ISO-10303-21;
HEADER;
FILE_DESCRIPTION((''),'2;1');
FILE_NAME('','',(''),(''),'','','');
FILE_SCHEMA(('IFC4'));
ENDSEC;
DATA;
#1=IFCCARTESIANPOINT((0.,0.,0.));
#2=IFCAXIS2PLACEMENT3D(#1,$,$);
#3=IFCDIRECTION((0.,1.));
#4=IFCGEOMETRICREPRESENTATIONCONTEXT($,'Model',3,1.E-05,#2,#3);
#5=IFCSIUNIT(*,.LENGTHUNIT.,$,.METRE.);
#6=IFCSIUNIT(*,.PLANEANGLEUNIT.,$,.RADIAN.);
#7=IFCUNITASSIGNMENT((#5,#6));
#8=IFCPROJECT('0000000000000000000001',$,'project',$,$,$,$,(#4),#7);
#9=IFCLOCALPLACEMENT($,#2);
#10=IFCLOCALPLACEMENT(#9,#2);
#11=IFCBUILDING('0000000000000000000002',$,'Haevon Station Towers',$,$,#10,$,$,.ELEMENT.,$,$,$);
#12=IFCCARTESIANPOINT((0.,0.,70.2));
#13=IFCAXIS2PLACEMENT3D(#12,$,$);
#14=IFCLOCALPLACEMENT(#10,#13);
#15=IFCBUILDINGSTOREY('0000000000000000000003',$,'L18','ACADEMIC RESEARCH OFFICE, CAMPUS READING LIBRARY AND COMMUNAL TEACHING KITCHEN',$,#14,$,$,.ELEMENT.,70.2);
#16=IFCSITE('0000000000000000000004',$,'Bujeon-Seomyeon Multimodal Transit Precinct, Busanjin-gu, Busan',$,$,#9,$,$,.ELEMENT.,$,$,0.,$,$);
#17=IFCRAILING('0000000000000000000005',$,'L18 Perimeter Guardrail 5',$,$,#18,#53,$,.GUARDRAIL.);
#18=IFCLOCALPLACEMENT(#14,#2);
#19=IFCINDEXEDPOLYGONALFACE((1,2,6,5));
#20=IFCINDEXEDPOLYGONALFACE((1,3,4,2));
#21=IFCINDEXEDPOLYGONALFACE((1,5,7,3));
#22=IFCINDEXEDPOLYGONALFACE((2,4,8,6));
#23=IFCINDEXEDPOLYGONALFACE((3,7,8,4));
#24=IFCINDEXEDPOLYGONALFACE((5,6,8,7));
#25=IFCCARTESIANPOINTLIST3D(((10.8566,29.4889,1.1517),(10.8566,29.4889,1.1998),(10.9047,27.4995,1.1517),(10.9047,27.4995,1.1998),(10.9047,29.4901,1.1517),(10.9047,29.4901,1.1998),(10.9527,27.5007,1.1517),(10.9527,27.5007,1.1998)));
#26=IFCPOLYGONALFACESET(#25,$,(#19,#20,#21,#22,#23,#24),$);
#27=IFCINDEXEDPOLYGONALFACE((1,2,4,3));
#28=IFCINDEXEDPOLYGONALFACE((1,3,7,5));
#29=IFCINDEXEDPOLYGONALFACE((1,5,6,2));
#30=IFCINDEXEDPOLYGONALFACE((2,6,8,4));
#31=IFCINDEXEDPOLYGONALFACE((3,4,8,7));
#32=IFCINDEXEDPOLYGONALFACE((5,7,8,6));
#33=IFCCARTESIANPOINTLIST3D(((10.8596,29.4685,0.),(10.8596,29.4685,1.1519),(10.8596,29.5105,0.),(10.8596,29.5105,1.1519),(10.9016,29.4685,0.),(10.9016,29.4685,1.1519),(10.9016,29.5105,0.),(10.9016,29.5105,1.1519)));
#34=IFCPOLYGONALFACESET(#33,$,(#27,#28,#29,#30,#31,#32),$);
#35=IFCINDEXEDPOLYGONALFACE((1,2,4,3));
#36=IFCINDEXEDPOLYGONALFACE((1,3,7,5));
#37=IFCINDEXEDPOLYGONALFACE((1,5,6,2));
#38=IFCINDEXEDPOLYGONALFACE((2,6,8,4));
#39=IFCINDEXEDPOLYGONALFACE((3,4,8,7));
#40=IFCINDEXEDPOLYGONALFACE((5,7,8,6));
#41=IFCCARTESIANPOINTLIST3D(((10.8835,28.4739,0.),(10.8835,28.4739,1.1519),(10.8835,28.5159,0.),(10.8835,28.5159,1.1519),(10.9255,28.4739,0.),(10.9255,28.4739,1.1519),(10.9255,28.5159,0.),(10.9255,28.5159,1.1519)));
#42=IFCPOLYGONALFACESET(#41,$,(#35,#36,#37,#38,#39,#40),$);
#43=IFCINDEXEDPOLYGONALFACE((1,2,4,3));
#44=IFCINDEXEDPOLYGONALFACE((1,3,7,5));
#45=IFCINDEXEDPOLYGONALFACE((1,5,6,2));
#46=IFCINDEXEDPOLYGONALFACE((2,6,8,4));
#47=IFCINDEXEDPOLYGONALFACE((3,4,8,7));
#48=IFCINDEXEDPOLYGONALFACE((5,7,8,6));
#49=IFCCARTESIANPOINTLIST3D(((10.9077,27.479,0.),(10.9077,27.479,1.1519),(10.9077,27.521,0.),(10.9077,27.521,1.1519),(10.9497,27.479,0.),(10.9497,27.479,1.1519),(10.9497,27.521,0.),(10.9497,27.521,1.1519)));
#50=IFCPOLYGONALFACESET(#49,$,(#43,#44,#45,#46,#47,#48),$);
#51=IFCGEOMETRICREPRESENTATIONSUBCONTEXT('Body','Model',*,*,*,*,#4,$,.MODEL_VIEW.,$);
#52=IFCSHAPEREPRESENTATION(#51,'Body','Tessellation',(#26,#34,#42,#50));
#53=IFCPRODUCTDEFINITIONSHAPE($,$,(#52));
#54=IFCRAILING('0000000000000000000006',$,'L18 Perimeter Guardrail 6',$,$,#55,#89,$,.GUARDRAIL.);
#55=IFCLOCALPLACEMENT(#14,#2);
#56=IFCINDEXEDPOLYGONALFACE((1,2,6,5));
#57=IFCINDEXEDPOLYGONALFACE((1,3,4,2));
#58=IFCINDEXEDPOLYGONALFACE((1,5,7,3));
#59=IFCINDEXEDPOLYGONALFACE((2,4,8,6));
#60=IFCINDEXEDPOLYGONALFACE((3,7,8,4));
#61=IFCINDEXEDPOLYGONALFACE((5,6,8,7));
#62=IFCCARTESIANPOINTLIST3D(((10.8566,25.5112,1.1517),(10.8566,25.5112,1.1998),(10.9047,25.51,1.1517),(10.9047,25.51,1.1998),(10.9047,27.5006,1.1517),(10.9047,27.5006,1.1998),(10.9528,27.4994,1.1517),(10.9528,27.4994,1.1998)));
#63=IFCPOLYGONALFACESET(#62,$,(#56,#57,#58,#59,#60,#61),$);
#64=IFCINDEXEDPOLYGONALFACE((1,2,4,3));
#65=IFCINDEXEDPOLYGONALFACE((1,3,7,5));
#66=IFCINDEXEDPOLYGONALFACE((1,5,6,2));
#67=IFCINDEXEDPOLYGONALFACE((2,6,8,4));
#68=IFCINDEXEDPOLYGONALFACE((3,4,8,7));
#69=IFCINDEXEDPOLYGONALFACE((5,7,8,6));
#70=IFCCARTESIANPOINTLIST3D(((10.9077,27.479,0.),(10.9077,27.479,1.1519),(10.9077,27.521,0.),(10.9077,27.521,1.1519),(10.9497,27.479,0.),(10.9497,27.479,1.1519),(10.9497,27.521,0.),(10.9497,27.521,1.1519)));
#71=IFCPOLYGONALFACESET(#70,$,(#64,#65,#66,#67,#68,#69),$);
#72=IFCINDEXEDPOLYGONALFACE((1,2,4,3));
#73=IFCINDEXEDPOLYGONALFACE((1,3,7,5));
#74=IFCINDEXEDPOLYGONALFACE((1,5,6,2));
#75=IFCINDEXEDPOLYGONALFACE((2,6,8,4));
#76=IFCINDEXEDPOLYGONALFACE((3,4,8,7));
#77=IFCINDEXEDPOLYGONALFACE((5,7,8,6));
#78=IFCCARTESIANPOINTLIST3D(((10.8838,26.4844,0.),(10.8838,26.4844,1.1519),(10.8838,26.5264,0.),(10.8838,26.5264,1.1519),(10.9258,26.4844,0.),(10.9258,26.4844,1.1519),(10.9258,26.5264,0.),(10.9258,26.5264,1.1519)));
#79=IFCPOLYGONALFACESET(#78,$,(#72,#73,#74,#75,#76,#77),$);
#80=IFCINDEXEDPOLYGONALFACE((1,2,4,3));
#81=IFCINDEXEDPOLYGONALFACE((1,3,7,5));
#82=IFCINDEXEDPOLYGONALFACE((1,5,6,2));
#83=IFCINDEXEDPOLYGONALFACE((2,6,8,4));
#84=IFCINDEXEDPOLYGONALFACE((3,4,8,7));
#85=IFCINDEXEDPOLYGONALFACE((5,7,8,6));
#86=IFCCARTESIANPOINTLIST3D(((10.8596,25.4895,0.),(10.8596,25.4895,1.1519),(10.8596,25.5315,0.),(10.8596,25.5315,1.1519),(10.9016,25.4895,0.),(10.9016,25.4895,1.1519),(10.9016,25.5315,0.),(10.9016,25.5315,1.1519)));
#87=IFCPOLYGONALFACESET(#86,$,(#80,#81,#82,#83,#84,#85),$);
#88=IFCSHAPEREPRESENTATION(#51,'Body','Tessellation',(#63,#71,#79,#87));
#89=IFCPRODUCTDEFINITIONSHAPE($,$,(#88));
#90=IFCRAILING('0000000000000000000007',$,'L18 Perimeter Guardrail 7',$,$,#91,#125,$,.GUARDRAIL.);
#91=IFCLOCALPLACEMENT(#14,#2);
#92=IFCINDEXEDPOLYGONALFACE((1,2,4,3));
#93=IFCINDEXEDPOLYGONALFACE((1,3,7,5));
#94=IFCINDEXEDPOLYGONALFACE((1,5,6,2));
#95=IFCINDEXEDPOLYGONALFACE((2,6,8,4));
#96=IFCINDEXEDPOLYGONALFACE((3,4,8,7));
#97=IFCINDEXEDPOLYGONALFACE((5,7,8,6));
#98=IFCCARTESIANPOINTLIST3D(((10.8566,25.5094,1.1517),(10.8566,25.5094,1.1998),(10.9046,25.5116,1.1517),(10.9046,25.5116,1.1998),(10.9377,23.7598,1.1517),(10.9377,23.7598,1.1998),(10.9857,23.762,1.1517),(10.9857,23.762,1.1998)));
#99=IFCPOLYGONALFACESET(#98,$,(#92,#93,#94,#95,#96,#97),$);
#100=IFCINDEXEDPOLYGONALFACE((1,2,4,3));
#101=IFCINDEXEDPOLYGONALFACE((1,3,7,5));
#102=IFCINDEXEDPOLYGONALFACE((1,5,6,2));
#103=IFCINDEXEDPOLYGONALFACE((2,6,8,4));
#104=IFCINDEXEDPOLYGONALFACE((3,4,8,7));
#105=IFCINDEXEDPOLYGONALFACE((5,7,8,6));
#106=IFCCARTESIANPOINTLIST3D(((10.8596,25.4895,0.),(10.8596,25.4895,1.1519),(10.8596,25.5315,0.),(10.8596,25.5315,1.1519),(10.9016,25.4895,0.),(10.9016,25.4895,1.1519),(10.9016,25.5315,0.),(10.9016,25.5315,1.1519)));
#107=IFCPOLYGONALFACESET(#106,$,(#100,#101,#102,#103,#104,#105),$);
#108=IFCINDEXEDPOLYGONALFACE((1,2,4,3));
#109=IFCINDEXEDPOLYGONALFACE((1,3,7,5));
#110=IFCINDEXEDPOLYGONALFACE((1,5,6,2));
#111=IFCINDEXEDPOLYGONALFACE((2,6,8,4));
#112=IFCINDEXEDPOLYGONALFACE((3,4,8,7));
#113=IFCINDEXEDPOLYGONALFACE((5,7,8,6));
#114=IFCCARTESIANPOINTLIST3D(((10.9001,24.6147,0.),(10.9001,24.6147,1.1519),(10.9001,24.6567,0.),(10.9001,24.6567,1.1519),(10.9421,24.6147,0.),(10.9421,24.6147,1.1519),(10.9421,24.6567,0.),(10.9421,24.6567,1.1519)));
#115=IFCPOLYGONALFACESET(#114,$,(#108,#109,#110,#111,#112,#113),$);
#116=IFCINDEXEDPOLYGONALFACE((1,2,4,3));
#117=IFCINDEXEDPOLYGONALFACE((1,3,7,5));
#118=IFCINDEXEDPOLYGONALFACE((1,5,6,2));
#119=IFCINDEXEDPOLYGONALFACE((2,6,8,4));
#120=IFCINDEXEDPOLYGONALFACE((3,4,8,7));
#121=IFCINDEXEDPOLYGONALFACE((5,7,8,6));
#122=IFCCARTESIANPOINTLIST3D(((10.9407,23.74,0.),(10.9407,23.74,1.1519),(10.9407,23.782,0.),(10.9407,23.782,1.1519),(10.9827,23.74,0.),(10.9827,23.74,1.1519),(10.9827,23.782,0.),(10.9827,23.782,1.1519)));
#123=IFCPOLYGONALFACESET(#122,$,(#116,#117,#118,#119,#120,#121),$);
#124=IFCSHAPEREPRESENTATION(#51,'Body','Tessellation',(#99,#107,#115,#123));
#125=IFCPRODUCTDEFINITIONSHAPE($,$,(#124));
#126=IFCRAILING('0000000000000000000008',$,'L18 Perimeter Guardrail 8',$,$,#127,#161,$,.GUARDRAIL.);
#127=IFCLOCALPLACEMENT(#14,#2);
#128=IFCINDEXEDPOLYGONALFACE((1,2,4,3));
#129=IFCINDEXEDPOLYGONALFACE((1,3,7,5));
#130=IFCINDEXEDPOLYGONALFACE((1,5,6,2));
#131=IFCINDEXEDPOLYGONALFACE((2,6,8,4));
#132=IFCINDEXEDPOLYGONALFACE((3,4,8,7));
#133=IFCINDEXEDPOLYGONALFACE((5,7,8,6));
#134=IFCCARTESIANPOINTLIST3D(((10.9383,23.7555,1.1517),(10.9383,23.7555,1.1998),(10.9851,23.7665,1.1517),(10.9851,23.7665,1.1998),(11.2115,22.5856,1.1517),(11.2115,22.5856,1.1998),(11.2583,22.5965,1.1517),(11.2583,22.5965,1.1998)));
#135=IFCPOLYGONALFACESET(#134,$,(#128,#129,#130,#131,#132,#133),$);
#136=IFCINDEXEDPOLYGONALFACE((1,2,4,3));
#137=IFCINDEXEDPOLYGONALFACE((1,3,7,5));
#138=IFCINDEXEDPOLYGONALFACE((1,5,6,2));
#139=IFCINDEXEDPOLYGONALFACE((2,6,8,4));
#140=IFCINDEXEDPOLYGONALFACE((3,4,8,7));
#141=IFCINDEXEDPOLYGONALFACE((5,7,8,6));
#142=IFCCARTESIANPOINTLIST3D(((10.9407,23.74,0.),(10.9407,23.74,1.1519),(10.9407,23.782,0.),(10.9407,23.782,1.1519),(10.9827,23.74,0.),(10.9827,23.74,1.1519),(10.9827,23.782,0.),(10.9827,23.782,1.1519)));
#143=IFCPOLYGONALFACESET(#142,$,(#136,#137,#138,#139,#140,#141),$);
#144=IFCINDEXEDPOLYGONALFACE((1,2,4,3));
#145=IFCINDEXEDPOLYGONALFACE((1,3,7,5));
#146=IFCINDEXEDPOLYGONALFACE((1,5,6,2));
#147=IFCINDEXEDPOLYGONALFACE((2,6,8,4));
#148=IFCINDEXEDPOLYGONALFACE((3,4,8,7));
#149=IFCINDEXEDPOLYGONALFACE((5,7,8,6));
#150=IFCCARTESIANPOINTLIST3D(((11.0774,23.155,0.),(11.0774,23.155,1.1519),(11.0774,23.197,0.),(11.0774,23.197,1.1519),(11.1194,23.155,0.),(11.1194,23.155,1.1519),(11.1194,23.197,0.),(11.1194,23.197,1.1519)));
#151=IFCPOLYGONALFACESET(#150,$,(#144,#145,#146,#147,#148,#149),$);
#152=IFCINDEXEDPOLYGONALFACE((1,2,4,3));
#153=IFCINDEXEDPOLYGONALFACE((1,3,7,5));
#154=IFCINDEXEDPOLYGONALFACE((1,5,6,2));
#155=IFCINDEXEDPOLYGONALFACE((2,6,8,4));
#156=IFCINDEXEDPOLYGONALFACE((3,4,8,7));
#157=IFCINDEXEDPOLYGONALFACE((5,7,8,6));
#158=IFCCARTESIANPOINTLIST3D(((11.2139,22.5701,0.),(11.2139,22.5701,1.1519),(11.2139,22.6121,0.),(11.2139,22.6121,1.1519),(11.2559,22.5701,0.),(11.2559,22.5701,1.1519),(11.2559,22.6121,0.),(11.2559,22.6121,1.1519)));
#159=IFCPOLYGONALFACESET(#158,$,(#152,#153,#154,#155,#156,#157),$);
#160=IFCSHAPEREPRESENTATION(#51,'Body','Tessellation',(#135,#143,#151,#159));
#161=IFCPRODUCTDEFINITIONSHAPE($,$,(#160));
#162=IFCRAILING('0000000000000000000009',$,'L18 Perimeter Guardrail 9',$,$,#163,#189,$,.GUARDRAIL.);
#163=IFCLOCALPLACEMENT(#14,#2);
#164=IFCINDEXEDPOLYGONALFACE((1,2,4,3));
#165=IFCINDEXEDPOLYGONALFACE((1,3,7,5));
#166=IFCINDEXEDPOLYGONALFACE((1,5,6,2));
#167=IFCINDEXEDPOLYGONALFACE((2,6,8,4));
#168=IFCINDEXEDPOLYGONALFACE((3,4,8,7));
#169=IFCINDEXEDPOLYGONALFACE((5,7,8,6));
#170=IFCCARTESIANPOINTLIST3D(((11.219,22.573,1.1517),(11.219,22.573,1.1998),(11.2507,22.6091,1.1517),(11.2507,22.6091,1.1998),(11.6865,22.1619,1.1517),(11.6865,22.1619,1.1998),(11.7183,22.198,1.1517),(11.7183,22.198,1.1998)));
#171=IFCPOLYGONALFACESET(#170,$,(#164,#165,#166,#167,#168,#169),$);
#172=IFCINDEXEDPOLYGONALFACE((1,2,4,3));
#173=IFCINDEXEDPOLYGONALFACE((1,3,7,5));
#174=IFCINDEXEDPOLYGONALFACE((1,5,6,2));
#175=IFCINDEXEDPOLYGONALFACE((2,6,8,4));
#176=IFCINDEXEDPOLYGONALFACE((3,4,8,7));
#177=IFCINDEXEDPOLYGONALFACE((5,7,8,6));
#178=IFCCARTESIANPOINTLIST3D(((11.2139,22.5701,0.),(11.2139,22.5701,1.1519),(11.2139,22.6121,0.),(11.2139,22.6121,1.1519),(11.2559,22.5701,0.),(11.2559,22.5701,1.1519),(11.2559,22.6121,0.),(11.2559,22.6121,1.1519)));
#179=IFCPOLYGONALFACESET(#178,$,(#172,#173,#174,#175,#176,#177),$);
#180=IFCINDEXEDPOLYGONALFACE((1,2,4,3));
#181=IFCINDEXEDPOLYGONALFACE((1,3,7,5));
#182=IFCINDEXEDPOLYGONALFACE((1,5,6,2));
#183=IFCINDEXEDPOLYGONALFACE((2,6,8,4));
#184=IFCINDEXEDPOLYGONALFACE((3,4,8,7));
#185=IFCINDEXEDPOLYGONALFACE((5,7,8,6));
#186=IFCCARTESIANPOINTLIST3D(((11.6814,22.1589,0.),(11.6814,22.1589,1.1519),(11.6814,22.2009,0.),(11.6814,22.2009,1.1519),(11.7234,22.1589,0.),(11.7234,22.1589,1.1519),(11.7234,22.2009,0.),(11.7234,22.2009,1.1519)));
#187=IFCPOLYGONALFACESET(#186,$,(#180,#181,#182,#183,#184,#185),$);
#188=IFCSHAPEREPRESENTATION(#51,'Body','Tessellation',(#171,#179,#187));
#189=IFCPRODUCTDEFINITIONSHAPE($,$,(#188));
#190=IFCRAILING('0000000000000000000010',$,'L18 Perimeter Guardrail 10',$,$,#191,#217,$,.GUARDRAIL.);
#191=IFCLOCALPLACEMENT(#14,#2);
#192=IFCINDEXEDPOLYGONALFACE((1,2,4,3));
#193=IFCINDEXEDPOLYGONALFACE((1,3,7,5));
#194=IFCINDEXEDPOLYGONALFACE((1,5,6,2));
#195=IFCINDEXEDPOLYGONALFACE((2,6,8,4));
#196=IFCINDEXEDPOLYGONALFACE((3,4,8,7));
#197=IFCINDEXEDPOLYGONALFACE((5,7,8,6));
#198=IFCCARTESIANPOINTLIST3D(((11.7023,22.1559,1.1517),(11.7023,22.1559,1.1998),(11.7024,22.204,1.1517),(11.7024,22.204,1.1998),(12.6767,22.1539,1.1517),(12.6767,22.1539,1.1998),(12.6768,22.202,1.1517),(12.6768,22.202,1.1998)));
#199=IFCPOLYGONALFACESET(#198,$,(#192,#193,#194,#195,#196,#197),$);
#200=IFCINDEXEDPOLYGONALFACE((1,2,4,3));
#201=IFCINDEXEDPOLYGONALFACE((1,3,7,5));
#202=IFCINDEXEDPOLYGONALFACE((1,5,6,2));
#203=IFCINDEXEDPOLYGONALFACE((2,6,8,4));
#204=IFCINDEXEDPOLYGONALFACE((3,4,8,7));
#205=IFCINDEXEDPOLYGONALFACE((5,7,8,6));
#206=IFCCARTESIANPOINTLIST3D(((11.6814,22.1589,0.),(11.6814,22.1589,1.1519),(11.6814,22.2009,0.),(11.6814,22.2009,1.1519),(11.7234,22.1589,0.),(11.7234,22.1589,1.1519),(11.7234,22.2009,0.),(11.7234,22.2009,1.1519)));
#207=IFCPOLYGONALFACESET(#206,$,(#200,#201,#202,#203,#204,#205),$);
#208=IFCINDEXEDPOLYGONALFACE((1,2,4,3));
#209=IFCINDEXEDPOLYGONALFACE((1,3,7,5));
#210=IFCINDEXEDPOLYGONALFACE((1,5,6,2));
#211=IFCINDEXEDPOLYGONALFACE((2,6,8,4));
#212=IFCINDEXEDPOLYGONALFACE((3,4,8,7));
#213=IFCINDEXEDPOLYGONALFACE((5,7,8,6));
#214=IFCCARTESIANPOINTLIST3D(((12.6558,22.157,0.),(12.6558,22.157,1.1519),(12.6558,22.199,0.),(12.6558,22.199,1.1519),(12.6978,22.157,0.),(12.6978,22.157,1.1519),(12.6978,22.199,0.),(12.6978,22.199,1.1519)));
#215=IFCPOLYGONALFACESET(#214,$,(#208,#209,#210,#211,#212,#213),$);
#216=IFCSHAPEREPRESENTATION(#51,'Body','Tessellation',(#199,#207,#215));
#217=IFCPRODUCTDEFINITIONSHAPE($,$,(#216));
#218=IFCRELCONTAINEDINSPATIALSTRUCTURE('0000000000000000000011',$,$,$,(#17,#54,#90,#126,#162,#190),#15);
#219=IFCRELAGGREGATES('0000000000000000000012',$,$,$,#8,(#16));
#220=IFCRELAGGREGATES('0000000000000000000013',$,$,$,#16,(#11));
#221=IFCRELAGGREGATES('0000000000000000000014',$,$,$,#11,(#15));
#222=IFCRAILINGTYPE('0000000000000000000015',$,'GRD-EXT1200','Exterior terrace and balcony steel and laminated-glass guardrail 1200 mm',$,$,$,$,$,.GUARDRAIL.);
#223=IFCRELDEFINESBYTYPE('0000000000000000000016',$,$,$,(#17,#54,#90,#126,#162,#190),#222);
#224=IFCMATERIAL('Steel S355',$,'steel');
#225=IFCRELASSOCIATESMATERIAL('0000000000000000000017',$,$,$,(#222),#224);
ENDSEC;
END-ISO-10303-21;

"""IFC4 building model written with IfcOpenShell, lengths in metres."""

from ifc_helpers import new_model, si_unit, direction, frame, origin, origin_2d, place, context, subcontext, project, spatial, rectangle, extrude, material, type_object, element, save


model = new_model("IFC4")

# Units and contexts
model_context = context("Model", 3, precision=1e-05, world=origin(), true_north=direction((0.0, 1.0)))
body_context = subcontext(model_context, "Body", "Model", "MODEL_VIEW")
ifc_project = project(units=[si_unit("LENGTHUNIT", "METRE"), si_unit("PLANEANGLEUNIT", "RADIAN")], contexts=[model_context])

# Site, building, storey
site_placement = place(None, origin())
site = spatial("IfcSite", under=ifc_project, at=site_placement, Name="Bujeon-Seomyeon Multimodal Transit Precinct, Busanjin-gu, Busan", CompositionType="ELEMENT", RefElevation=0.0)
building_placement = place(site_placement, origin())
building = spatial("IfcBuilding", under=site, at=building_placement, Name="Haevon Station Towers", CompositionType="ELEMENT")
storey_placement = place(building_placement, frame((0.0, 0.0, 70.2)))
storey = spatial("IfcBuildingStorey", under=building, at=storey_placement, Name="L18", Description="ACADEMIC RESEARCH OFFICE, CAMPUS READING LIBRARY AND COMMUNAL TEACHING KITCHEN", CompositionType="ELEMENT", Elevation=70.2)

# Shared definitions
ifc_material_1 = material(Name="Steel S355", Category="steel")

# Railings
railing_type = type_object("IfcRailingType", Name="GRD-EXT1200", Description="Exterior terrace and balcony steel and laminated-glass guardrail 1200 mm", PredefinedType="GUARDRAIL", material=ifc_material_1)
railing_1_placement = place(storey_placement, frame((10.8806, 29.4895, 0.0)))
element("IfcRailing", 1, at=railing_1_placement, inside=storey, type_object=railing_type, Name="L18 Perimeter Guardrail 5", PredefinedType="GUARDRAIL", context=body_context, shape_type="SweptSolid", body=[
    extrude(rectangle(XDim=0.0481, YDim=0.0481, at=origin_2d()), frame((0.0, 0.0, 1.1758), z_axis=(0.024168, -0.999708, 0.0), x_axis=(0.999708, 0.024168, 0.0)), (0.0, 0.0, 1.0), 1.99),
    extrude(rectangle(XDim=0.042, YDim=0.042, at=origin_2d()), origin(), (0.0, 0.0, 1.0), 1.1519),
    extrude(rectangle(XDim=0.042, YDim=0.042, at=origin_2d()), frame((0.0239, -0.9946, 0.0)), (0.0, 0.0, 1.0), 1.1519),
    extrude(rectangle(XDim=0.042, YDim=0.042, at=origin_2d()), frame((0.0481, -1.9895, 0.0)), (0.0, 0.0, 1.0), 1.1519),
])
railing_2_placement = place(storey_placement, frame((10.9287, 27.5, 0.0)))
element("IfcRailing", 2, at=railing_2_placement, inside=storey, type_object=railing_type, Name="L18 Perimeter Guardrail 6", PredefinedType="GUARDRAIL", context=body_context, shape_type="SweptSolid", body=[
    extrude(rectangle(XDim=0.0481, YDim=0.0481, at=origin_2d()), frame((0.0, 0.0, 1.1758), z_axis=(-0.024168, -0.999708, 0.0), x_axis=(0.999708, -0.024168, 0.0)), (0.0, 0.0, 1.0), 1.99),
    extrude(rectangle(XDim=0.042, YDim=0.042, at=origin_2d()), origin(), (0.0, 0.0, 1.0), 1.1519),
    extrude(rectangle(XDim=0.042, YDim=0.042, at=origin_2d()), frame((-0.0239, -0.9946, 0.0)), (0.0, 0.0, 1.0), 1.1519),
    extrude(rectangle(XDim=0.042, YDim=0.042, at=origin_2d()), frame((-0.0481, -1.9895, 0.0)), (0.0, 0.0, 1.0), 1.1519),
])
railing_3_placement = place(storey_placement, frame((10.8806, 25.5105, 0.0)))
element("IfcRailing", 3, at=railing_3_placement, inside=storey, type_object=railing_type, Name="L18 Perimeter Guardrail 7", PredefinedType="GUARDRAIL", context=body_context, shape_type="SweptSolid", body=[
    extrude(rectangle(XDim=0.0481, YDim=0.0481, at=origin_2d()), frame((0.0, 0.0, 1.1758), z_axis=(0.04628, -0.998928, 0.0), x_axis=(0.998928, 0.04628, 0.0)), (0.0, 0.0, 1.0), 1.7515),
    extrude(rectangle(XDim=0.042, YDim=0.042, at=origin_2d()), origin(), (0.0, 0.0, 1.0), 1.1519),
    extrude(rectangle(XDim=0.042, YDim=0.042, at=origin_2d()), frame((0.0405, -0.8748, 0.0)), (0.0, 0.0, 1.0), 1.1519),
    extrude(rectangle(XDim=0.042, YDim=0.042, at=origin_2d()), frame((0.0811, -1.7495, 0.0)), (0.0, 0.0, 1.0), 1.1519),
])
railing_4_placement = place(storey_placement, frame((10.9617, 23.761, 0.0)))
element("IfcRailing", 4, at=railing_4_placement, inside=storey, type_object=railing_type, Name="L18 Perimeter Guardrail 8", PredefinedType="GUARDRAIL", context=body_context, shape_type="SweptSolid", body=[
    extrude(rectangle(XDim=0.0481, YDim=0.0481, at=origin_2d()), frame((0.0, 0.0, 1.1758), z_axis=(0.227397, -0.973802, 0.0), x_axis=(0.973802, 0.227397, 0.0)), (0.0, 0.0, 1.0), 1.2014),
    extrude(rectangle(XDim=0.042, YDim=0.042, at=origin_2d()), origin(), (0.0, 0.0, 1.0), 1.1519),
    extrude(rectangle(XDim=0.042, YDim=0.042, at=origin_2d()), frame((0.1367, -0.585, 0.0)), (0.0, 0.0, 1.0), 1.1519),
    extrude(rectangle(XDim=0.042, YDim=0.042, at=origin_2d()), frame((0.2732, -1.1699, 0.0)), (0.0, 0.0, 1.0), 1.1519),
])
railing_5_placement = place(storey_placement, frame((11.2349, 22.5911, 0.0)))
element("IfcRailing", 5, at=railing_5_placement, inside=storey, type_object=railing_type, Name="L18 Perimeter Guardrail 9", PredefinedType="GUARDRAIL", context=body_context, shape_type="SweptSolid", body=[
    extrude(rectangle(XDim=0.0481, YDim=0.0481, at=origin_2d()), frame((0.0, 0.0, 1.1758), z_axis=(0.750947, -0.660363, 0.0), x_axis=(0.660363, 0.750947, 0.0)), (0.0, 0.0, 1.0), 0.6226),
    extrude(rectangle(XDim=0.042, YDim=0.042, at=origin_2d()), origin(), (0.0, 0.0, 1.0), 1.1519),
    extrude(rectangle(XDim=0.042, YDim=0.042, at=origin_2d()), frame((0.4675, -0.4111, 0.0)), (0.0, 0.0, 1.0), 1.1519),
])
railing_6_placement = place(storey_placement, frame((11.7024, 22.1799, 0.0)))
element("IfcRailing", 6, at=railing_6_placement, inside=storey, type_object=railing_type, Name="L18 Perimeter Guardrail 10", PredefinedType="GUARDRAIL", context=body_context, shape_type="SweptSolid", body=[
    extrude(rectangle(XDim=0.0481, YDim=0.0481, at=origin_2d()), frame((0.0, 0.0, 1.1758), z_axis=(0.999998, -0.002005, 0.0), x_axis=(0.002005, 0.999998, 0.0)), (0.0, 0.0, 1.0), 0.9744),
    extrude(rectangle(XDim=0.042, YDim=0.042, at=origin_2d()), origin(), (0.0, 0.0, 1.0), 1.1519),
    extrude(rectangle(XDim=0.042, YDim=0.042, at=origin_2d()), frame((0.9744, -0.002, 0.0)), (0.0, 0.0, 1.0), 1.1519),
])

save(model, "model.ifc")
